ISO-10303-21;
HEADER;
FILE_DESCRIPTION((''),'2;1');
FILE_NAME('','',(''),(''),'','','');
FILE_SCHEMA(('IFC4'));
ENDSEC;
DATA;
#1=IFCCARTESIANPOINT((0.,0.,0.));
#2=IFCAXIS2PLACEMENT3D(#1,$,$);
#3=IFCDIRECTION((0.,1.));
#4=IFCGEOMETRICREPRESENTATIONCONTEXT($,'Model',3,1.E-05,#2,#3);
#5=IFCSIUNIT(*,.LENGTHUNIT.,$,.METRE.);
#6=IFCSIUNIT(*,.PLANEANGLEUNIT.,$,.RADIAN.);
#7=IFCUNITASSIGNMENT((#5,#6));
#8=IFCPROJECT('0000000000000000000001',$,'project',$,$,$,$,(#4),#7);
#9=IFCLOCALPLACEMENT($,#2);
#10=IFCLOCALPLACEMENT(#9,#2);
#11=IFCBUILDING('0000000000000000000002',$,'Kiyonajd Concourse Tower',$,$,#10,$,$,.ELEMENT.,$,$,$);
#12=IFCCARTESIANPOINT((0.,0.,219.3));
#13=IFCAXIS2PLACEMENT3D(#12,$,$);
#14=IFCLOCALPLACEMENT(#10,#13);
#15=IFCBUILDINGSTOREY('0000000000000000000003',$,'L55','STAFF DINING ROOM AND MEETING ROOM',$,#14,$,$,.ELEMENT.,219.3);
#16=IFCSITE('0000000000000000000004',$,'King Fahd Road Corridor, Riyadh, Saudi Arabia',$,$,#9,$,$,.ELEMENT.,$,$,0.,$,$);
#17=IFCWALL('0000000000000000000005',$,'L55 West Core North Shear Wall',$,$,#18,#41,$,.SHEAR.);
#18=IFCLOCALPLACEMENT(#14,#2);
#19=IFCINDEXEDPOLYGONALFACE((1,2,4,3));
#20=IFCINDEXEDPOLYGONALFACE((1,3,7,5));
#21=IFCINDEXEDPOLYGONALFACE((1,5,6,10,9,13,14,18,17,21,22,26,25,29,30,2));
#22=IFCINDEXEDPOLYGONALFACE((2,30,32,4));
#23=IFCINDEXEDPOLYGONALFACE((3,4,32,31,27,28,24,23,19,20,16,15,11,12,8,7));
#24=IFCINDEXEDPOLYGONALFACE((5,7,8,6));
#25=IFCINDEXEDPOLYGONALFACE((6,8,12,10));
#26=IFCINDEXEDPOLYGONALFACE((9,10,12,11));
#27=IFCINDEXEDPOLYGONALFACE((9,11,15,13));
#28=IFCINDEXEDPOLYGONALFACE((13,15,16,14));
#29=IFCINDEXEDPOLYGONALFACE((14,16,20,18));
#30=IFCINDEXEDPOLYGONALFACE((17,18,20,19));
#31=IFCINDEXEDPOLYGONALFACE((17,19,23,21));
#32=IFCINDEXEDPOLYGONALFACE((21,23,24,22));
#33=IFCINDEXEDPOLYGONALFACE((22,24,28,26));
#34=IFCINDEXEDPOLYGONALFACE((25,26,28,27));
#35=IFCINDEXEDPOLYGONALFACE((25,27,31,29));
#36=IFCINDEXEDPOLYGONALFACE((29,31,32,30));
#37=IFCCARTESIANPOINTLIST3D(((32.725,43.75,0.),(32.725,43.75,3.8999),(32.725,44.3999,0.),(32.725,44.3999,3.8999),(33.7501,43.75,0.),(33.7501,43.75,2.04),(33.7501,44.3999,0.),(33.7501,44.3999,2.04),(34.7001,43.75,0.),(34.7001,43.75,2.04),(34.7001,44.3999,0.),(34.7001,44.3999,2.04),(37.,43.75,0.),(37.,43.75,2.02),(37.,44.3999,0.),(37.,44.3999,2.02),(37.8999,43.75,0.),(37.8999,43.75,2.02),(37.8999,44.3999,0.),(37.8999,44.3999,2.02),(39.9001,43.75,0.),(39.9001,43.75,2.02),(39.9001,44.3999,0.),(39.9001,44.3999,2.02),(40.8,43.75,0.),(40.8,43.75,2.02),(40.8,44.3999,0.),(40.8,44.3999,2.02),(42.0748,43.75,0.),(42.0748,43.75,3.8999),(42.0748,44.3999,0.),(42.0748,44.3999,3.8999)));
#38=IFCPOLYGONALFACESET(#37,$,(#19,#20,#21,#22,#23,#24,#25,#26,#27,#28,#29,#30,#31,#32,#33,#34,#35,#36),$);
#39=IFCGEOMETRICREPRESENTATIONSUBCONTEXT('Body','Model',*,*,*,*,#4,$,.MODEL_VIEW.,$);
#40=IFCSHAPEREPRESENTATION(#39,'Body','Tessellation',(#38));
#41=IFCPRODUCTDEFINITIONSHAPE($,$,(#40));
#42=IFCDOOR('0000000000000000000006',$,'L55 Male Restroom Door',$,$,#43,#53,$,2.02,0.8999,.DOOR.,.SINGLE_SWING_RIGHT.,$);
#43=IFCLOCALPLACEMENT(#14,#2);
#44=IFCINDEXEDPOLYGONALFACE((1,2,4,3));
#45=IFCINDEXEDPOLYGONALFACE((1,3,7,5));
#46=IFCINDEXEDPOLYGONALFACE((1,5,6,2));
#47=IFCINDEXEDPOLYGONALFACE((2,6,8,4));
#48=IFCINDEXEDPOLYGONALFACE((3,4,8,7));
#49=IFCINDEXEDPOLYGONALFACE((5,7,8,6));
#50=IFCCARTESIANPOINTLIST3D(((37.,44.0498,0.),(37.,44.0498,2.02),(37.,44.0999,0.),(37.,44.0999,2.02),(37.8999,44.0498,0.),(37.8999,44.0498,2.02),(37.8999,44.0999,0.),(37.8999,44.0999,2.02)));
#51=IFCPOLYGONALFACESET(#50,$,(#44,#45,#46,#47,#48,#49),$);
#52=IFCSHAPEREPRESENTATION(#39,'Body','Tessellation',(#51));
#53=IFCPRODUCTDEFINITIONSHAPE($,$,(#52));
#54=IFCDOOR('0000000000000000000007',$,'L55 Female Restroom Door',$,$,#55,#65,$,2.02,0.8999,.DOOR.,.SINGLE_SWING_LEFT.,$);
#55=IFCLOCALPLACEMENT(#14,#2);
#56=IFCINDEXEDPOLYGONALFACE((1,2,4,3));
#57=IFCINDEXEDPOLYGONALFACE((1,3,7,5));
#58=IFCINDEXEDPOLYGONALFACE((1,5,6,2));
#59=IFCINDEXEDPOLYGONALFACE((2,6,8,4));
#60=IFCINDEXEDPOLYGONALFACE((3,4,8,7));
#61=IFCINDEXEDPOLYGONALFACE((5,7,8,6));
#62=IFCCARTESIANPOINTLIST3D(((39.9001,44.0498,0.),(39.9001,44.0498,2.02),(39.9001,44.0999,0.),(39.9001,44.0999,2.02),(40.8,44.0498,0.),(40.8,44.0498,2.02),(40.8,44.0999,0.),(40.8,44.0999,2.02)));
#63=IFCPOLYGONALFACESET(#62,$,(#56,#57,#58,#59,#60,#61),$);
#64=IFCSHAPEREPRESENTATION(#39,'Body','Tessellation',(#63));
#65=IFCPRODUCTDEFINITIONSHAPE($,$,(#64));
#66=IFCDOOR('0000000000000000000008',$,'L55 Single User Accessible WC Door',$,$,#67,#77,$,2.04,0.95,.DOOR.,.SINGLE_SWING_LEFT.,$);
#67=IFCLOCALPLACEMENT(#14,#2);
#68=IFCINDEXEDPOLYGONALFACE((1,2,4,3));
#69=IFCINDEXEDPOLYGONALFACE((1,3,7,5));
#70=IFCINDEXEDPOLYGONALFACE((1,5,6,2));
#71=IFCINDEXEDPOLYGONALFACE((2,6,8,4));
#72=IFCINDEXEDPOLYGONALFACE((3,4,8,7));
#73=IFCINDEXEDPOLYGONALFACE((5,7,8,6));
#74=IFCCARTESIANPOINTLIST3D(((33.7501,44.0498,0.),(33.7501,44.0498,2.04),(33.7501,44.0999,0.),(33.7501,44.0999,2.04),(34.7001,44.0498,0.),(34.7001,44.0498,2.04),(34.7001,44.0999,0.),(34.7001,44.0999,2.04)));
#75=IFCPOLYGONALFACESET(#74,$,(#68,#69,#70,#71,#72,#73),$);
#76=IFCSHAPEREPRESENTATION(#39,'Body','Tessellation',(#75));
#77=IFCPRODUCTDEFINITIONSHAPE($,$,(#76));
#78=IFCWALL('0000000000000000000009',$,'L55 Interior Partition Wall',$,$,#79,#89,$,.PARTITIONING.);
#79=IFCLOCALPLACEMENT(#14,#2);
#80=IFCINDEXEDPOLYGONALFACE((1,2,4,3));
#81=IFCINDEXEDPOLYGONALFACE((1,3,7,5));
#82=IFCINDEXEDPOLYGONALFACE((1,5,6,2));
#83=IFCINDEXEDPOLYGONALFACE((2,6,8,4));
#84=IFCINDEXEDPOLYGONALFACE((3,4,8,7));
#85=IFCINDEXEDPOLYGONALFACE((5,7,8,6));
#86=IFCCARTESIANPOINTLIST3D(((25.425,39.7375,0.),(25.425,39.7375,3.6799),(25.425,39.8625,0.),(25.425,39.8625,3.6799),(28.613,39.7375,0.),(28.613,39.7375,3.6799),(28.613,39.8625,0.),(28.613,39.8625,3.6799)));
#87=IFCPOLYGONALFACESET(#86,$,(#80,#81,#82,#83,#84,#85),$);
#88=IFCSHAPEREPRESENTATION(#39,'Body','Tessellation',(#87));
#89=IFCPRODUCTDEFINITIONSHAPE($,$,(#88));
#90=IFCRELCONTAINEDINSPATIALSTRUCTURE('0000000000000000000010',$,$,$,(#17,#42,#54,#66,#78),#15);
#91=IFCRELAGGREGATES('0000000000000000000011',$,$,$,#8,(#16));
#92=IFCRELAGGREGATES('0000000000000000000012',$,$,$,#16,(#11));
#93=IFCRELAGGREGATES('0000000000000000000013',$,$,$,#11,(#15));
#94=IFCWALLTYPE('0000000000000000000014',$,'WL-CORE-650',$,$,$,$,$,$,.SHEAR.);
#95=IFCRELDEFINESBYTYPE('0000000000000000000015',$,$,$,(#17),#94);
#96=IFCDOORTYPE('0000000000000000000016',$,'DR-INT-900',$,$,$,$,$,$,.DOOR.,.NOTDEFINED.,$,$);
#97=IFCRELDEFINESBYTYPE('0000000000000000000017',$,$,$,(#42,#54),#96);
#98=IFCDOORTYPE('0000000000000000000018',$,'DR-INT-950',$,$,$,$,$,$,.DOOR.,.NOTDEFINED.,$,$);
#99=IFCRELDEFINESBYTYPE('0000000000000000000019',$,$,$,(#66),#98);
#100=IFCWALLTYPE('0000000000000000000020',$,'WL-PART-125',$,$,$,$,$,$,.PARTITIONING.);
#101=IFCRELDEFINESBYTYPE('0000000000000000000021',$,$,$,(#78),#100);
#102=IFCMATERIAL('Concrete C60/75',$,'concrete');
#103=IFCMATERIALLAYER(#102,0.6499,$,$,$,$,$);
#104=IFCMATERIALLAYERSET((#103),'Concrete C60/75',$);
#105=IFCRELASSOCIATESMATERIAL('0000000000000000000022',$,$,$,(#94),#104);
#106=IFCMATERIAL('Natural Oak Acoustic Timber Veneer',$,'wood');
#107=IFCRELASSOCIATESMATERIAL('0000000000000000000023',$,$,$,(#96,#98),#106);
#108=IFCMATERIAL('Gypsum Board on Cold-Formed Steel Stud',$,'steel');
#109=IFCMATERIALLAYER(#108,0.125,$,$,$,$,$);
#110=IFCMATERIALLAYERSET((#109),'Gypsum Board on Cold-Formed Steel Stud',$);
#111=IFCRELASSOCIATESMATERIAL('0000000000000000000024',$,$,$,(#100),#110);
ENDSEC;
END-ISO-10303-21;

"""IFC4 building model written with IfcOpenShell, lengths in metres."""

from ifc_helpers import new_model, si_unit, direction, frame, frame_2d, origin, place, context, subcontext, project, spatial, rectangle, extrude, material, layer, layer_set, type_object, element, fill, save


model = new_model("IFC4")

# Units and contexts
model_context = context("Model", 3, precision=1e-05, world=origin(), true_north=direction((0.0, 1.0)))
body_context = subcontext(model_context, "Body", "Model", "MODEL_VIEW")
ifc_project = project(units=[si_unit("LENGTHUNIT", "METRE"), si_unit("PLANEANGLEUNIT", "RADIAN")], contexts=[model_context])

# Site, building, storey
site_placement = place(None, origin())
site = spatial("IfcSite", under=ifc_project, at=site_placement, Name="King Fahd Road Corridor, Riyadh, Saudi Arabia", CompositionType="ELEMENT", RefElevation=0.0)
building_placement = place(site_placement, origin())
building = spatial("IfcBuilding", under=site, at=building_placement, Name="Kiyonajd Concourse Tower", CompositionType="ELEMENT")
storey_placement = place(building_placement, frame((0.0, 0.0, 219.3)))
storey = spatial("IfcBuildingStorey", under=building, at=storey_placement, Name="L55", Description="STAFF DINING ROOM AND MEETING ROOM", CompositionType="ELEMENT", Elevation=219.3)

# Wall, openings, doors
ifc_material_1 = material(Name="Concrete C60/75", Category="concrete")
ifc_layer_1 = layer(ifc_material_1, 0.6499)
ifc_layer_set_1 = layer_set([ifc_layer_1], Name="Concrete C60/75")
wall_type_1 = type_object("IfcWallType", Name="WL-CORE-650", PredefinedType="SHEAR", material=ifc_layer_set_1)
wall_1_placement = place(storey_placement, frame((32.7251, 44.075, 0.0), z_axis=(0.0, 0.0, 1.0), x_axis=(1.0, 0.0, 0.0)))
wall_1 = element("IfcWall", 1, at=wall_1_placement, inside=storey, type_object=wall_type_1, Name="L55 West Core North Shear Wall", PredefinedType="SHEAR", context=body_context, shape_type="SweptSolid", body=[
    extrude(rectangle(XDim=9.3499, YDim=0.6499, at=frame_2d((4.6748, 0.0))), origin(), (0.0, 0.0, 1.0), 3.8999),
])
opening_1_placement = place(wall_1_placement, frame((1.0249, 0.0, 0.0)))
opening_1 = element("IfcOpeningElement", 2, at=opening_1_placement, cuts=wall_1, PredefinedType="OPENING", context=body_context, shape_type="SweptSolid", body=[
    extrude(rectangle(XDim=0.95, YDim=2.04, at=frame_2d((0.4751, 1.02))), frame((0.0, 0.335, 0.0), z_axis=(0.0, -1.0, 0.0), x_axis=(1.0, 0.0, 0.0)), (0.0, 0.0, 1.0), 0.6699),
])
opening_2_placement = place(wall_1_placement, frame((4.2749, 0.0, 0.0)))
opening_2 = element("IfcOpeningElement", 3, at=opening_2_placement, cuts=wall_1, PredefinedType="OPENING", context=body_context, shape_type="SweptSolid", body=[
    extrude(rectangle(XDim=0.8999, YDim=2.02, at=frame_2d((0.45, 1.01))), frame((0.0, 0.335, 0.0), z_axis=(0.0, -1.0, 0.0), x_axis=(1.0, 0.0, 0.0)), (0.0, 0.0, 1.0), 0.6699),
])
opening_3_placement = place(wall_1_placement, frame((7.175, 0.0, 0.0)))
opening_3 = element("IfcOpeningElement", 4, at=opening_3_placement, cuts=wall_1, PredefinedType="OPENING", context=body_context, shape_type="SweptSolid", body=[
    extrude(rectangle(XDim=0.8999, YDim=2.02, at=frame_2d((0.45, 1.01))), frame((0.0, 0.335, 0.0), z_axis=(0.0, -1.0, 0.0), x_axis=(1.0, 0.0, 0.0)), (0.0, 0.0, 1.0), 0.6699),
])
ifc_material_2 = material(Name="Natural Oak Acoustic Timber Veneer", Category="wood")
door_type_1 = type_object("IfcDoorType", Name="DR-INT-900", OperationType="NOTDEFINED", PredefinedType="DOOR", material=ifc_material_2)
door_1_placement = place(opening_2_placement, origin())
door_1 = element("IfcDoor", 5, at=door_1_placement, inside=storey, type_object=door_type_1, Name="L55 Male Restroom Door", OperationType="SINGLE_SWING_RIGHT", OverallHeight=2.02, OverallWidth=0.8999, PredefinedType="DOOR", context=body_context, shape_type="SweptSolid", body=[
    extrude(rectangle(XDim=0.8999, YDim=2.02, at=frame_2d((0.45, 1.01))), frame((0.0, 0.0249, 0.0), z_axis=(0.0, -1.0, 0.0), x_axis=(1.0, 0.0, 0.0)), (0.0, 0.0, 1.0), 0.05),
])
fill(opening_2, door_1)
door_2_placement = place(opening_3_placement, origin())
door_2 = element("IfcDoor", 6, at=door_2_placement, inside=storey, type_object=door_type_1, Name="L55 Female Restroom Door", OperationType="SINGLE_SWING_LEFT", OverallHeight=2.02, OverallWidth=0.8999, PredefinedType="DOOR", context=body_context, shape_type="SweptSolid", body=[
    extrude(rectangle(XDim=0.8999, YDim=2.02, at=frame_2d((0.45, 1.01))), frame((0.0, 0.0249, 0.0), z_axis=(0.0, -1.0, 0.0), x_axis=(1.0, 0.0, 0.0)), (0.0, 0.0, 1.0), 0.05),
])
fill(opening_3, door_2)
door_type_2 = type_object("IfcDoorType", Name="DR-INT-950", OperationType="NOTDEFINED", PredefinedType="DOOR", material=ifc_material_2)
door_3_placement = place(opening_1_placement, origin())
door_3 = element("IfcDoor", 7, at=door_3_placement, inside=storey, type_object=door_type_2, Name="L55 Single User Accessible WC Door", OperationType="SINGLE_SWING_LEFT", OverallHeight=2.04, OverallWidth=0.95, PredefinedType="DOOR", context=body_context, shape_type="SweptSolid", body=[
    extrude(rectangle(XDim=0.95, YDim=2.04, at=frame_2d((0.4751, 1.02))), frame((0.0, 0.0249, 0.0), z_axis=(0.0, -1.0, 0.0), x_axis=(1.0, 0.0, 0.0)), (0.0, 0.0, 1.0), 0.05),
])
fill(opening_1, door_3)

# Wall
ifc_material_3 = material(Name="Gypsum Board on Cold-Formed Steel Stud", Category="steel")
ifc_layer_2 = layer(ifc_material_3, 0.125)
ifc_layer_set_2 = layer_set([ifc_layer_2], Name="Gypsum Board on Cold-Formed Steel Stud")
wall_type_2 = type_object("IfcWallType", Name="WL-PART-125", PredefinedType="PARTITIONING", material=ifc_layer_set_2)
wall_2_placement = place(storey_placement, frame((25.425, 39.8, 0.0), z_axis=(0.0, 0.0, 1.0), x_axis=(1.0, 0.0, 0.0)))
element("IfcWall", 8, at=wall_2_placement, inside=storey, type_object=wall_type_2, Name="L55 Interior Partition Wall", PredefinedType="PARTITIONING", context=body_context, shape_type="SweptSolid", body=[
    extrude(rectangle(XDim=3.188, YDim=0.125, at=frame_2d((1.594, 0.0))), origin(), (0.0, 0.0, 1.0), 3.6799),
])

save(model, "model.ifc")
